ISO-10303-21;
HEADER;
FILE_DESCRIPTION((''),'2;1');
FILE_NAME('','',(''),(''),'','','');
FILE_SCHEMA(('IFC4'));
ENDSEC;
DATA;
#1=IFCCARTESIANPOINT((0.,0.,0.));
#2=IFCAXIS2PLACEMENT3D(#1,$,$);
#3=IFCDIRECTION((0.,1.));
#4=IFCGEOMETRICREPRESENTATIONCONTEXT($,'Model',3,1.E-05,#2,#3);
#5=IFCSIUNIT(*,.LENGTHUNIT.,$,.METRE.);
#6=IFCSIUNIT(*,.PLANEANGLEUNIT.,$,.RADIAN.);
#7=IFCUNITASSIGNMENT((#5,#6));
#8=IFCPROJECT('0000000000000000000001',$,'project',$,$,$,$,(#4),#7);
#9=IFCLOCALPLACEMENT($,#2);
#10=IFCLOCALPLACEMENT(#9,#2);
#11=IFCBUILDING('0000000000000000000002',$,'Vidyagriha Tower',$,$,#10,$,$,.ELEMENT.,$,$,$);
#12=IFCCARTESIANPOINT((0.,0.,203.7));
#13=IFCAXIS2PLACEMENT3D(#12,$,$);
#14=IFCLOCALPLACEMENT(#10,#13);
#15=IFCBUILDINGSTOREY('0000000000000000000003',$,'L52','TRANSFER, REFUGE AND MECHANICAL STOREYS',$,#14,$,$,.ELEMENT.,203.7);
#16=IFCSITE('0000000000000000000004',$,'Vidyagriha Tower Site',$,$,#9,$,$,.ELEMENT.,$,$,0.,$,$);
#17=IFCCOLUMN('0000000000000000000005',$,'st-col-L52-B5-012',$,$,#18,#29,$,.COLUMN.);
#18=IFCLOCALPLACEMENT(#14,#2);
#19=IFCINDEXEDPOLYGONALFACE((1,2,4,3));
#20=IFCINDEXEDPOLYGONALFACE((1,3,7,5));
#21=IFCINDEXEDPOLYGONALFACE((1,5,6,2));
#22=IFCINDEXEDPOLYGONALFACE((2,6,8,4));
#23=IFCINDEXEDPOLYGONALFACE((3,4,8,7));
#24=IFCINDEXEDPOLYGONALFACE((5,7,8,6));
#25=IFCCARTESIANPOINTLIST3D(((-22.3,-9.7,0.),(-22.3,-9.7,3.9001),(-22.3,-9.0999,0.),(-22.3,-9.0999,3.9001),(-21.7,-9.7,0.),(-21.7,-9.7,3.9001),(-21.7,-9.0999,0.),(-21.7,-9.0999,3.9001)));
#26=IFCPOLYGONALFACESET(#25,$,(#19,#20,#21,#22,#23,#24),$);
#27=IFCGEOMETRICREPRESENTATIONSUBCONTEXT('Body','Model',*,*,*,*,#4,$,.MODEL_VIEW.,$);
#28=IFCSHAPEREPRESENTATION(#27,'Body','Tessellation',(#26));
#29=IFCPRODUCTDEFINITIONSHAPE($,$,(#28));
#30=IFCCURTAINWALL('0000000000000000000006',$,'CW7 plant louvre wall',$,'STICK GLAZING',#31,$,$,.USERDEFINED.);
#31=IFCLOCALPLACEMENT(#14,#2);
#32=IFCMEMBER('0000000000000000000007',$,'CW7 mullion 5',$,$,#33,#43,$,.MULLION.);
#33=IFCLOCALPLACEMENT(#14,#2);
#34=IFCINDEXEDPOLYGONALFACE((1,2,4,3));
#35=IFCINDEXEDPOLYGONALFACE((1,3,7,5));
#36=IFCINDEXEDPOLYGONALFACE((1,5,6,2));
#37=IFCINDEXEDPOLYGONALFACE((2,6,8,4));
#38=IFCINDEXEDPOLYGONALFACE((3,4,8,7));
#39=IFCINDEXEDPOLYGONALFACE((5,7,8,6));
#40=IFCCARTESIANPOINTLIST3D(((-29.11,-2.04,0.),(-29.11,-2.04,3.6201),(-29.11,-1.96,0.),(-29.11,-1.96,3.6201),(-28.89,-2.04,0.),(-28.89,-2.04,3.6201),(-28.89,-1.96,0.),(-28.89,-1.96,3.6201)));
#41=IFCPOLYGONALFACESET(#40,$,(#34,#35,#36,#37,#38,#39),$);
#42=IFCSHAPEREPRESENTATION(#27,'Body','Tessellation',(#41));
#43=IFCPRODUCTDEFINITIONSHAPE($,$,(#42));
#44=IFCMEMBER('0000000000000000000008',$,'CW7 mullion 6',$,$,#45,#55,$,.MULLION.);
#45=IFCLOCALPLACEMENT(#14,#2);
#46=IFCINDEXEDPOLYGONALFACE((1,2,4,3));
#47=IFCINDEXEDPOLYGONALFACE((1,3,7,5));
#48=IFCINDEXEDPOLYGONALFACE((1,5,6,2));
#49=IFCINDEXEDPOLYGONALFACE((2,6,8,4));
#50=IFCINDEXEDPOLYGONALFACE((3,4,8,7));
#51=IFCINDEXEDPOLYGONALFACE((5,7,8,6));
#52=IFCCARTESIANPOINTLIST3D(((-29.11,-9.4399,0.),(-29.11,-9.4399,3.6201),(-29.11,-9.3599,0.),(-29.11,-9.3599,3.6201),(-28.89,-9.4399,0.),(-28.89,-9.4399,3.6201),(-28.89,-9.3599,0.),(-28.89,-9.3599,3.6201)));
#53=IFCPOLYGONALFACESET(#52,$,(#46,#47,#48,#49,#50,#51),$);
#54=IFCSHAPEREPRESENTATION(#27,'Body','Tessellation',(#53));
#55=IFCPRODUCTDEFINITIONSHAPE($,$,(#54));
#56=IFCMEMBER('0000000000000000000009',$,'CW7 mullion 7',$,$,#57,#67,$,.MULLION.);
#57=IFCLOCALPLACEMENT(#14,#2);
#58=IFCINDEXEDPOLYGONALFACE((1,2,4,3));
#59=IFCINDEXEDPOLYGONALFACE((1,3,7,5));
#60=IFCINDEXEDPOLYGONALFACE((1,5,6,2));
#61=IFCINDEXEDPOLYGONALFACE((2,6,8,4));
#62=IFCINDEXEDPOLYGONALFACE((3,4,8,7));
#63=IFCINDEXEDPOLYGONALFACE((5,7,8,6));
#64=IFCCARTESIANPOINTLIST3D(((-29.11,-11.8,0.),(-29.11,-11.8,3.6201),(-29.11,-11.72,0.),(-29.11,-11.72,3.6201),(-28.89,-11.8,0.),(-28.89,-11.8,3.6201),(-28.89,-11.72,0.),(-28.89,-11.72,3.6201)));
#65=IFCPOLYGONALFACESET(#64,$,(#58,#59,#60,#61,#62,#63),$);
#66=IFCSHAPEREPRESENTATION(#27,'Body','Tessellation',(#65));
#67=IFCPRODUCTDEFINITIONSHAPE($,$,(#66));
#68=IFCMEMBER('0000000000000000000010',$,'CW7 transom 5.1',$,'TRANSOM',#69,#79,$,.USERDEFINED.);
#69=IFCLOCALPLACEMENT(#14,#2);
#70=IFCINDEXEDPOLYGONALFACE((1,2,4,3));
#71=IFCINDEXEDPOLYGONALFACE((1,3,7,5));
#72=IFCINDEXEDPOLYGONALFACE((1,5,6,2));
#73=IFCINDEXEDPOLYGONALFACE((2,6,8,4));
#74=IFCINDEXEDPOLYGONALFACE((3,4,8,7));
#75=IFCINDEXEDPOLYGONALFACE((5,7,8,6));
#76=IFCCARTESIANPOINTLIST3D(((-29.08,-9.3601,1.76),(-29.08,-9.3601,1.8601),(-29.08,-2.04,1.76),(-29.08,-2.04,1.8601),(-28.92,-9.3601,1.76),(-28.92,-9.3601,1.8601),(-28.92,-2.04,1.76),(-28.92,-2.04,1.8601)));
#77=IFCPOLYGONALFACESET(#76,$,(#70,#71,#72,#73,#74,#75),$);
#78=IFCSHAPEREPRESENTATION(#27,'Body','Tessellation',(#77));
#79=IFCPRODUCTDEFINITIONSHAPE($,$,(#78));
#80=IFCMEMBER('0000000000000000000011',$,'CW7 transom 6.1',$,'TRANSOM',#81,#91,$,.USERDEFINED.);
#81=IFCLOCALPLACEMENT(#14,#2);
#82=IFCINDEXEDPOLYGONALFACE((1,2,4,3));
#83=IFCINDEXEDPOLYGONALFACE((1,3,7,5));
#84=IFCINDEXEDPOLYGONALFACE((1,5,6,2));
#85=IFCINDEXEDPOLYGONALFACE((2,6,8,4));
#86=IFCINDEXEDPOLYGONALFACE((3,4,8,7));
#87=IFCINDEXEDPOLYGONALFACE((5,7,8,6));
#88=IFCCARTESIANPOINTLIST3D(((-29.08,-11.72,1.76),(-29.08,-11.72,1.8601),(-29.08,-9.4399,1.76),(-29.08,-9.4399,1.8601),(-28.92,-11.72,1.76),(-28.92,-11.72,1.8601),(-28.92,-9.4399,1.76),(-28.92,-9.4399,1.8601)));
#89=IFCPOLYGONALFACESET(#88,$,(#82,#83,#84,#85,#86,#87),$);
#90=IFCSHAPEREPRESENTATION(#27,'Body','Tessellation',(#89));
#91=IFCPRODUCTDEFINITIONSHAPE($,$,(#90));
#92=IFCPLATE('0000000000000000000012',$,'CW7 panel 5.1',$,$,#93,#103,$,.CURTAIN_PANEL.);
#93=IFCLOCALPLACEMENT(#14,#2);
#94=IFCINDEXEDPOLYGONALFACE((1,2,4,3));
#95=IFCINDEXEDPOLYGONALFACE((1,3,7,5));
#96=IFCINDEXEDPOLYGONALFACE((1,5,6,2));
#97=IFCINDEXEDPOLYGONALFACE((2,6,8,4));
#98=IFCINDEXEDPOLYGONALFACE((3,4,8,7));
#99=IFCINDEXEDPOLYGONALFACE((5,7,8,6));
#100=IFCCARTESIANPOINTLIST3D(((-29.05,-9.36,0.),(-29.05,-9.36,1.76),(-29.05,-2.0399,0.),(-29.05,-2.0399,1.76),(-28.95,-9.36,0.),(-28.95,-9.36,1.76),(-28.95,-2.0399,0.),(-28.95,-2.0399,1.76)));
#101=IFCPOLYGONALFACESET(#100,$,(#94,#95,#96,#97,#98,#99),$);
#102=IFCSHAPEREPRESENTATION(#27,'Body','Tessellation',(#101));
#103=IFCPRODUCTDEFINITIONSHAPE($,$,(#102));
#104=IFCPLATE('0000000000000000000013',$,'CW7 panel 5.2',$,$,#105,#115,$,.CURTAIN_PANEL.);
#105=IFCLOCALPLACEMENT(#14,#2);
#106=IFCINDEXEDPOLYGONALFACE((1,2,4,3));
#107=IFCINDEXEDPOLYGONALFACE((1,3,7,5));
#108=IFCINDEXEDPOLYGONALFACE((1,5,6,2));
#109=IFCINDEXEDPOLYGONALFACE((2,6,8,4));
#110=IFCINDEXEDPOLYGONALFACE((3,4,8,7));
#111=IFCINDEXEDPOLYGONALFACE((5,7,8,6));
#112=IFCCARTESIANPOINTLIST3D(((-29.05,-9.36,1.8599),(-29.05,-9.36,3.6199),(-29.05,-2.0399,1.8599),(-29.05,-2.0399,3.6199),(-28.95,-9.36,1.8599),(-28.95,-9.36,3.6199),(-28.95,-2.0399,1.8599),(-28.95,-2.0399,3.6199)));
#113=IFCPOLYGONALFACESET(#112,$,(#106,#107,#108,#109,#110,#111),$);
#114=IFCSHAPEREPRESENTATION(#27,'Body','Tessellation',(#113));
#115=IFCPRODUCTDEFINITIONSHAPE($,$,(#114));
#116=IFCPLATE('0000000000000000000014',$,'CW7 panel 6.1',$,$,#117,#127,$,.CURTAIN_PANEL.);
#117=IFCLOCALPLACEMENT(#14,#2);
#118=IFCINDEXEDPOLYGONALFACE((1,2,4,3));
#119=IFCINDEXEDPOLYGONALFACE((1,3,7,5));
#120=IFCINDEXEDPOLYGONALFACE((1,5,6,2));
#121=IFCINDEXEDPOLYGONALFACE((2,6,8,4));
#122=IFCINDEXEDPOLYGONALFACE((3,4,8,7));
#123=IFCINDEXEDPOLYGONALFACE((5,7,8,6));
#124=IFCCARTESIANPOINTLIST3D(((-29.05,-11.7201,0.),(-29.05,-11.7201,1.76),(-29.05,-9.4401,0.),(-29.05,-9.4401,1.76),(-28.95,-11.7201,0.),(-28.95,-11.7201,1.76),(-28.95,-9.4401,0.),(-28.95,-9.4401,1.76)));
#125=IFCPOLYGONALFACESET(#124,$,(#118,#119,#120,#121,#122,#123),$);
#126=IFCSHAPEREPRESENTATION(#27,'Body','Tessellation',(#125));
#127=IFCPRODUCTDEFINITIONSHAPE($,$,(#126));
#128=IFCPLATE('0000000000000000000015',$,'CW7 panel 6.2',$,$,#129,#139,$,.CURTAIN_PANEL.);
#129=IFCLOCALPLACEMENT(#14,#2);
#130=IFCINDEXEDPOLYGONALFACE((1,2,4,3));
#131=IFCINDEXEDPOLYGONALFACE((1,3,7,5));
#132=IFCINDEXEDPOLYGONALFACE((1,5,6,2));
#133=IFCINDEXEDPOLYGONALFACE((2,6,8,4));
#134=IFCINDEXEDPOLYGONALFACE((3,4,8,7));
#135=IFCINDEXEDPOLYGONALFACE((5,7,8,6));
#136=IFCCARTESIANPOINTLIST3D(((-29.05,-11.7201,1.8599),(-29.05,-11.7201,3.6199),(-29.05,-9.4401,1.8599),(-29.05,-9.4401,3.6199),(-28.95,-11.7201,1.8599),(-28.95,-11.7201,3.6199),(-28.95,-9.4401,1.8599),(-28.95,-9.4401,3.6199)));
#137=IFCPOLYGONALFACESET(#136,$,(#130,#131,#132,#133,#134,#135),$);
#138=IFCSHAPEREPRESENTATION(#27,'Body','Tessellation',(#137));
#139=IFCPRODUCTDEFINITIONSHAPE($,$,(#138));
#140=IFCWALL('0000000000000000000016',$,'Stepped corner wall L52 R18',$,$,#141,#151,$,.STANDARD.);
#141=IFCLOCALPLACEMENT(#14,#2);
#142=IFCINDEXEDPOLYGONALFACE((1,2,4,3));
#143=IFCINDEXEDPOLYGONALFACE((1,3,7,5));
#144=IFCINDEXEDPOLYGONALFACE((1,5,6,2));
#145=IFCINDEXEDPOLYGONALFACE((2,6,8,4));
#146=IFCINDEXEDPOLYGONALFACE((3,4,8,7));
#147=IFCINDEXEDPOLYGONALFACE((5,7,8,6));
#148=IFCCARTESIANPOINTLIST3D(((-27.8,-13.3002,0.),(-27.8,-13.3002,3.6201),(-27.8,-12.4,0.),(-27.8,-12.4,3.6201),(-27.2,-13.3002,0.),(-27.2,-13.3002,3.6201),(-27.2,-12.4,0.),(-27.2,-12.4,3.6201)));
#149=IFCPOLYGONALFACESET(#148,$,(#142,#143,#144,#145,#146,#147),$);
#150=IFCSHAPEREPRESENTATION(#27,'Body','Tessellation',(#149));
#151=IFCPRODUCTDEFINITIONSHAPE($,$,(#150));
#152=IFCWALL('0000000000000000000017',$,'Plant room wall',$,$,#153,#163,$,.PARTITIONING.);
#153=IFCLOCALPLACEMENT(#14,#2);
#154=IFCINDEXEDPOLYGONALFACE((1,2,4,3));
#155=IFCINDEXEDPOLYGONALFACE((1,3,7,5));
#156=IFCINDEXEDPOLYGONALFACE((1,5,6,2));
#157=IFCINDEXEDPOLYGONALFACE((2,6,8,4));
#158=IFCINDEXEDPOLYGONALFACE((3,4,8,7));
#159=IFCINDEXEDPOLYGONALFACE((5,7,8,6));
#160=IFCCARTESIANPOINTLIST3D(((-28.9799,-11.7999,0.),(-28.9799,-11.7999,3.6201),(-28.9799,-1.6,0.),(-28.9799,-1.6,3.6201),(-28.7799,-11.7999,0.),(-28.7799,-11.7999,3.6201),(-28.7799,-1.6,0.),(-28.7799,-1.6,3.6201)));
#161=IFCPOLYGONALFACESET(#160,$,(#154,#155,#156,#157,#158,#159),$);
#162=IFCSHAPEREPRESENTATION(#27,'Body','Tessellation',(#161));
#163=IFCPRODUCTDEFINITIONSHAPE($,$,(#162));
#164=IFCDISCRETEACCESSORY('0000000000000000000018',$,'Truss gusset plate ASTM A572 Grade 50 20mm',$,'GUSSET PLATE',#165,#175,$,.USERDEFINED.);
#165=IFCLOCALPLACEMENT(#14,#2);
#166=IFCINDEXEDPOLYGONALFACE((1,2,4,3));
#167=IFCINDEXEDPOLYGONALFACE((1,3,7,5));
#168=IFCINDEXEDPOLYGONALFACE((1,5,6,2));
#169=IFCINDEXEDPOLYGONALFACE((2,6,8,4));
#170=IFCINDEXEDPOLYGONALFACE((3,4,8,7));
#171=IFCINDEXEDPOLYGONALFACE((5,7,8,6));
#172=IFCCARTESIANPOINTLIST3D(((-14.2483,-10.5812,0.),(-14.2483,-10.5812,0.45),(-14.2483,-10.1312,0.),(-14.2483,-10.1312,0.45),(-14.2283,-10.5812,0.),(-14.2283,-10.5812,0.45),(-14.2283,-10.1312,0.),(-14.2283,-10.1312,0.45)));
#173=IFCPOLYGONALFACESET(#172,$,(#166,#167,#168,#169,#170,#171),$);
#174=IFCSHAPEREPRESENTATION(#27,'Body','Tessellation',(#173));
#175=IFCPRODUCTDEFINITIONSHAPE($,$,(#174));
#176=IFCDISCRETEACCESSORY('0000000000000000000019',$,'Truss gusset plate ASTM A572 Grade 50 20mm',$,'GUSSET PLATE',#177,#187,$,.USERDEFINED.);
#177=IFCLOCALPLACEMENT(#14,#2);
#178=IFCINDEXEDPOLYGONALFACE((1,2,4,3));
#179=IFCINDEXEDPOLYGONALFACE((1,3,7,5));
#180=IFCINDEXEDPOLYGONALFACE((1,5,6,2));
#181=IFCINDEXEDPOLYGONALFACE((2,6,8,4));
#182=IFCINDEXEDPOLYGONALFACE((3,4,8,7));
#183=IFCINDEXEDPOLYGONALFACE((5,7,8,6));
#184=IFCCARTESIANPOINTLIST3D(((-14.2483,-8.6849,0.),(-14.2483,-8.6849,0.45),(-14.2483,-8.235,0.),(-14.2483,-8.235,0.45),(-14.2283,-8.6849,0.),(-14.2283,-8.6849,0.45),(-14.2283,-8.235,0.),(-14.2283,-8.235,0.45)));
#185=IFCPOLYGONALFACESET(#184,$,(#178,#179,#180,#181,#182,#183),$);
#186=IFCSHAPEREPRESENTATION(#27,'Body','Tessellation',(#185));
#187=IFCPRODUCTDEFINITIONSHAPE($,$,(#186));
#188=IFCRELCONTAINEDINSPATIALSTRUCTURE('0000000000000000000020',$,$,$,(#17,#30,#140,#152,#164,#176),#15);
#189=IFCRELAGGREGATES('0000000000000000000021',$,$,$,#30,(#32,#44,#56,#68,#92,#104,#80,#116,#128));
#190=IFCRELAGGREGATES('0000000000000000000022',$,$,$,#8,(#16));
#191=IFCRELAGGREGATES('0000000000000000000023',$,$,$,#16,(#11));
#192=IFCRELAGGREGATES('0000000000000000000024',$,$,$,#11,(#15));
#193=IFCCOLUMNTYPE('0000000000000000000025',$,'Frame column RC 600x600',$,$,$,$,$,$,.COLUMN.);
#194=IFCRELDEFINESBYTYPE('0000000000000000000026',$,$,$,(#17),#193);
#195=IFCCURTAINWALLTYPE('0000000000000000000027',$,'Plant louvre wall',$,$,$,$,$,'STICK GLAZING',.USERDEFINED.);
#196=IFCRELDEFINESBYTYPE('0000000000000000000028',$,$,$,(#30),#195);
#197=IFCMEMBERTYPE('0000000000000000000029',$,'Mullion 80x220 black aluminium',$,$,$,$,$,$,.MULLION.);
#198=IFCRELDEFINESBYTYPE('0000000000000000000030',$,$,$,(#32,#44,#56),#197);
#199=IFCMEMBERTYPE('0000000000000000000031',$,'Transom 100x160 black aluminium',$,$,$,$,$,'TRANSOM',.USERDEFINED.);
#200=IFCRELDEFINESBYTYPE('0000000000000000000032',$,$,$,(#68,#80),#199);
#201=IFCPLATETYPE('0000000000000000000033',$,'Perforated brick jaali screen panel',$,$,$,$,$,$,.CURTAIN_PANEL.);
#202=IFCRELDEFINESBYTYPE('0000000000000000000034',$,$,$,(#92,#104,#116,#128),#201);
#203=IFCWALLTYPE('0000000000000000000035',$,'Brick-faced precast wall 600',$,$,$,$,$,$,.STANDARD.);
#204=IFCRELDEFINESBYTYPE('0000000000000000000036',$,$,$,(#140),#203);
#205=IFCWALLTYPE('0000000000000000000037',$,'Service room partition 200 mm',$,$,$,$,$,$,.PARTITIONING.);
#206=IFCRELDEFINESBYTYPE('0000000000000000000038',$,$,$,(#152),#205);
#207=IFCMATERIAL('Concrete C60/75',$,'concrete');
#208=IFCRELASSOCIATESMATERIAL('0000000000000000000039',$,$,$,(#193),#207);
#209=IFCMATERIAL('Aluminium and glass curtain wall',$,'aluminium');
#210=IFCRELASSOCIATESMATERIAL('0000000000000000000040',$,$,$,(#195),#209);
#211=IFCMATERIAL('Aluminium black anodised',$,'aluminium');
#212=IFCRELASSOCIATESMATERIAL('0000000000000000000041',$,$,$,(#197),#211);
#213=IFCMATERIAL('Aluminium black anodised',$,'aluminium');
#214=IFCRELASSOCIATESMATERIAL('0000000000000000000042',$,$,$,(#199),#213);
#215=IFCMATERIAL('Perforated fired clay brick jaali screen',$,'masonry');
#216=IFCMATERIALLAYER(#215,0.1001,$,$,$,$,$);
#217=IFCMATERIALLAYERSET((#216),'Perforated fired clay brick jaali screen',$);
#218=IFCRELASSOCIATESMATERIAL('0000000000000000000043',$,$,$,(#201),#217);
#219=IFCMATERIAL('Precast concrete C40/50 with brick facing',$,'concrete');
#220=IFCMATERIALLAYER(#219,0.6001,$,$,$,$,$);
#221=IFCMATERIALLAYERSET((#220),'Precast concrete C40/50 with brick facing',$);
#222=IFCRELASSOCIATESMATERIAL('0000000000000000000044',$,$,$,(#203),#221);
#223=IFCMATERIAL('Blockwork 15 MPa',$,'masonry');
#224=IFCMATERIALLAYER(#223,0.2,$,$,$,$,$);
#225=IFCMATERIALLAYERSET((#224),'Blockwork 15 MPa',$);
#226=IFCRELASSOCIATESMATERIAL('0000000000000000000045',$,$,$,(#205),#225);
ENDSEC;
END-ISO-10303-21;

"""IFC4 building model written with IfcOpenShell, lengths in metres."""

from ifc_helpers import new_model, si_unit, direction, frame, frame_2d, origin, origin_2d, place, context, subcontext, project, spatial, rectangle, extrude, material, layer, layer_set, material_profile, profile_set, type_object, element, aggregate, save


model = new_model("IFC4")

# Units and contexts
model_context = context("Model", 3, precision=1e-05, world=origin(), true_north=direction((0.0, 1.0)))
body_context = subcontext(model_context, "Body", "Model", "MODEL_VIEW")
ifc_project = project(units=[si_unit("LENGTHUNIT", "METRE"), si_unit("PLANEANGLEUNIT", "RADIAN")], contexts=[model_context])

# Site, building, storey
site_placement = place(None, origin())
site = spatial("IfcSite", under=ifc_project, at=site_placement, Name="Vidyagriha Tower Site", CompositionType="ELEMENT", RefElevation=0.0)
building_placement = place(site_placement, origin())
building = spatial("IfcBuilding", under=site, at=building_placement, Name="Vidyagriha Tower", CompositionType="ELEMENT")
storey_placement = place(building_placement, frame((0.0, 0.0, 203.7)))
storey = spatial("IfcBuildingStorey", under=building, at=storey_placement, Name="L52", Description="TRANSFER, REFUGE AND MECHANICAL STOREYS", CompositionType="ELEMENT", Elevation=203.7)

# Column
ifc_material_1 = material(Name="Concrete C60/75", Category="concrete")
ifc_material_profile_1 = material_profile(ifc_material_1, rectangle(XDim=0.6001, YDim=0.6001, at=origin_2d()), Name="RC 600x600")
ifc_profile_set_1 = profile_set([ifc_material_profile_1], Name="Concrete C60/75")
column_type = type_object("IfcColumnType", Name="Frame column RC 600x600", PredefinedType="COLUMN", material=ifc_profile_set_1)
column_placement = place(storey_placement, frame((-22.0, -9.3999, 0.0)))
element("IfcColumn", 1, at=column_placement, inside=storey, type_object=column_type, Name="st-col-L52-B5-012", PredefinedType="COLUMN", context=body_context, shape_type="SweptSolid", body=[
    extrude(rectangle(XDim=0.6001, YDim=0.6001, at=origin_2d()), origin(), (0.0, 0.0, 1.0), 3.9001),
])

# Curtain wall, members, plates
ifc_material_2 = material(Name="Aluminium and glass curtain wall", Category="aluminium")
curtain_wall_type = type_object("IfcCurtainWallType", Name="Plant louvre wall", ElementType="STICK GLAZING", PredefinedType="USERDEFINED", material=ifc_material_2)
curtain_wall_placement = place(storey_placement, origin())
curtain_wall = element("IfcCurtainWall", 2, at=curtain_wall_placement, inside=storey, type_object=curtain_wall_type, Name="CW7 plant louvre wall", ObjectType="STICK GLAZING", PredefinedType="USERDEFINED")
ifc_material_3 = material(Name="Aluminium black anodised", Category="aluminium")
ifc_material_profile_2 = material_profile(ifc_material_3, rectangle(XDim=0.22, YDim=0.0801, at=origin_2d()), Name="Mullion 80x220 black aluminium")
ifc_profile_set_2 = profile_set([ifc_material_profile_2], Name="Aluminium black anodised")
member_type_1 = type_object("IfcMemberType", Name="Mullion 80x220 black aluminium", PredefinedType="MULLION", material=ifc_profile_set_2)
member_1_placement = place(storey_placement, frame((-29.0, -2.0, 0.0)))
member_1 = element("IfcMember", 3, at=member_1_placement, type_object=member_type_1, Name="CW7 mullion 5", PredefinedType="MULLION", context=body_context, shape_type="SweptSolid", body=[
    extrude(rectangle(XDim=0.22, YDim=0.0801, at=origin_2d()), origin(), (0.0, 0.0, 1.0), 3.6201),
])
member_2_placement = place(storey_placement, frame((-29.0, -9.3999, 0.0)))
member_2 = element("IfcMember", 4, at=member_2_placement, type_object=member_type_1, Name="CW7 mullion 6", PredefinedType="MULLION", context=body_context, shape_type="SweptSolid", body=[
    extrude(rectangle(XDim=0.22, YDim=0.0801, at=origin_2d()), origin(), (0.0, 0.0, 1.0), 3.6201),
])
member_3_placement = place(storey_placement, frame((-29.0, -11.76, 0.0)))
member_3 = element("IfcMember", 5, at=member_3_placement, type_object=member_type_1, Name="CW7 mullion 7", PredefinedType="MULLION", context=body_context, shape_type="SweptSolid", body=[
    extrude(rectangle(XDim=0.22, YDim=0.0801, at=origin_2d()), origin(), (0.0, 0.0, 1.0), 3.6201),
])
ifc_material_4 = material(Name="Aluminium black anodised", Category="aluminium")
ifc_material_profile_3 = material_profile(ifc_material_4, rectangle(XDim=0.1599, YDim=0.1001, at=origin_2d()), Name="Transom 100x160 black aluminium")
ifc_profile_set_3 = profile_set([ifc_material_profile_3], Name="Aluminium black anodised")
member_type_2 = type_object("IfcMemberType", Name="Transom 100x160 black aluminium", ElementType="TRANSOM", PredefinedType="USERDEFINED", material=ifc_profile_set_3)
member_4_placement = place(storey_placement, frame((-29.0, -2.04, 1.8101), z_axis=(0.0, -1.0, 0.0), x_axis=(1.0, 0.0, 0.0)))
member_4 = element("IfcMember", 6, at=member_4_placement, type_object=member_type_2, Name="CW7 transom 5.1", ObjectType="TRANSOM", PredefinedType="USERDEFINED", context=body_context, shape_type="SweptSolid", body=[
    extrude(rectangle(XDim=0.1599, YDim=0.1001, at=origin_2d()), origin(), (0.0, 0.0, 1.0), 7.3201),
])
member_5_placement = place(storey_placement, frame((-29.0, -9.4399, 1.8101), z_axis=(0.0, -1.0, 0.0), x_axis=(1.0, 0.0, 0.0)))
member_5 = element("IfcMember", 7, at=member_5_placement, type_object=member_type_2, Name="CW7 transom 6.1", ObjectType="TRANSOM", PredefinedType="USERDEFINED", context=body_context, shape_type="SweptSolid", body=[
    extrude(rectangle(XDim=0.1599, YDim=0.1001, at=origin_2d()), origin(), (0.0, 0.0, 1.0), 2.28),
])
ifc_material_5 = material(Name="Perforated fired clay brick jaali screen", Category="masonry")
ifc_layer_1 = layer(ifc_material_5, 0.1001)
ifc_layer_set_1 = layer_set([ifc_layer_1], Name="Perforated fired clay brick jaali screen")
plate_type = type_object("IfcPlateType", Name="Perforated brick jaali screen panel", PredefinedType="CURTAIN_PANEL", material=ifc_layer_set_1)
plate_1_placement = place(storey_placement, frame((-29.0, -5.7, 0.0), z_axis=(0.0, 0.0, 1.0), x_axis=(0.0, -1.0, 0.0)))
plate_1 = element("IfcPlate", 8, at=plate_1_placement, type_object=plate_type, Name="CW7 panel 5.1", PredefinedType="CURTAIN_PANEL", context=body_context, shape_type="SweptSolid", body=[
    extrude(rectangle(XDim=7.3201, YDim=0.1001, at=origin_2d()), origin(), (0.0, 0.0, 1.0), 1.76),
])
plate_2_placement = place(storey_placement, frame((-29.0, -5.7, 1.8599), z_axis=(0.0, 0.0, 1.0), x_axis=(0.0, -1.0, 0.0)))
plate_2 = element("IfcPlate", 9, at=plate_2_placement, type_object=plate_type, Name="CW7 panel 5.2", PredefinedType="CURTAIN_PANEL", context=body_context, shape_type="SweptSolid", body=[
    extrude(rectangle(XDim=7.3201, YDim=0.1001, at=origin_2d()), origin(), (0.0, 0.0, 1.0), 1.76),
])
plate_3_placement = place(storey_placement, frame((-29.0, -10.5801, 0.0), z_axis=(0.0, 0.0, 1.0), x_axis=(0.0, -1.0, 0.0)))
plate_3 = element("IfcPlate", 10, at=plate_3_placement, type_object=plate_type, Name="CW7 panel 6.1", PredefinedType="CURTAIN_PANEL", context=body_context, shape_type="SweptSolid", body=[
    extrude(rectangle(XDim=2.28, YDim=0.1001, at=origin_2d()), origin(), (0.0, 0.0, 1.0), 1.76),
])
plate_4_placement = place(storey_placement, frame((-29.0, -10.5801, 1.8599), z_axis=(0.0, 0.0, 1.0), x_axis=(0.0, -1.0, 0.0)))
plate_4 = element("IfcPlate", 11, at=plate_4_placement, type_object=plate_type, Name="CW7 panel 6.2", PredefinedType="CURTAIN_PANEL", context=body_context, shape_type="SweptSolid", body=[
    extrude(rectangle(XDim=2.28, YDim=0.1001, at=origin_2d()), origin(), (0.0, 0.0, 1.0), 1.76),
])
aggregate(curtain_wall, [member_1, member_2, member_3, member_4, plate_1, plate_2, member_5, plate_3, plate_4])

# Walls
ifc_material_6 = material(Name="Precast concrete C40/50 with brick facing", Category="concrete")
ifc_layer_2 = layer(ifc_material_6, 0.6001)
ifc_layer_set_2 = layer_set([ifc_layer_2], Name="Precast concrete C40/50 with brick facing")
wall_type_1 = type_object("IfcWallType", Name="Brick-faced precast wall 600", PredefinedType="STANDARD", material=ifc_layer_set_2)
wall_1_placement = place(storey_placement, frame((-27.5, -12.3999, 0.0), z_axis=(0.0, 0.0, 1.0), x_axis=(0.0, -1.0, 0.0)))
element("IfcWall", 12, at=wall_1_placement, inside=storey, type_object=wall_type_1, Name="Stepped corner wall L52 R18", PredefinedType="STANDARD", context=body_context, shape_type="SweptSolid", body=[
    extrude(rectangle(XDim=0.9001, YDim=0.6001, at=frame_2d((0.4502, 0.0))), origin(), (0.0, 0.0, 1.0), 3.6201),
])
ifc_material_7 = material(Name="Blockwork 15 MPa", Category="masonry")
ifc_layer_3 = layer(ifc_material_7, 0.2)
ifc_layer_set_3 = layer_set([ifc_layer_3], Name="Blockwork 15 MPa")
wall_type_2 = type_object("IfcWallType", Name="Service room partition 200 mm", PredefinedType="PARTITIONING", material=ifc_layer_set_3)
wall_2_placement = place(storey_placement, frame((-28.8799, -11.8, 0.0), z_axis=(0.0, 0.0, 1.0), x_axis=(0.0, 1.0, 0.0)))
element("IfcWall", 13, at=wall_2_placement, inside=storey, type_object=wall_type_2, Name="Plant room wall", PredefinedType="PARTITIONING", context=body_context, shape_type="SweptSolid", body=[
    extrude(rectangle(XDim=10.2, YDim=0.2, at=frame_2d((5.1001, 0.0))), origin(), (0.0, 0.0, 1.0), 3.6201),
])

# Discrete accessories
for number, where, z_axis, x_axis, name in (
    (14, (-14.2383, -10.3562, 0.0), (0.0, 0.0, 1.0), (0.0, 1.0, 0.0), "Truss gusset plate ASTM A572 Grade 50 20mm"),
    (15, (-14.2383, -8.46, 0.0), (0.0, 0.0, 1.0), (0.0, 1.0, 0.0), "Truss gusset plate ASTM A572 Grade 50 20mm"),
):
    element("IfcDiscreteAccessory", number, at=place(storey_placement, frame(where, z_axis=z_axis, x_axis=x_axis)), inside=storey, Name=name, ObjectType="GUSSET PLATE", PredefinedType="USERDEFINED", context=body_context, shape_type="SweptSolid", body=[
        extrude(rectangle(XDim=0.45, YDim=0.02, at=origin_2d()), origin(), (0.0, 0.0, 1.0), 0.45),
    ])

save(model, "model.ifc")
